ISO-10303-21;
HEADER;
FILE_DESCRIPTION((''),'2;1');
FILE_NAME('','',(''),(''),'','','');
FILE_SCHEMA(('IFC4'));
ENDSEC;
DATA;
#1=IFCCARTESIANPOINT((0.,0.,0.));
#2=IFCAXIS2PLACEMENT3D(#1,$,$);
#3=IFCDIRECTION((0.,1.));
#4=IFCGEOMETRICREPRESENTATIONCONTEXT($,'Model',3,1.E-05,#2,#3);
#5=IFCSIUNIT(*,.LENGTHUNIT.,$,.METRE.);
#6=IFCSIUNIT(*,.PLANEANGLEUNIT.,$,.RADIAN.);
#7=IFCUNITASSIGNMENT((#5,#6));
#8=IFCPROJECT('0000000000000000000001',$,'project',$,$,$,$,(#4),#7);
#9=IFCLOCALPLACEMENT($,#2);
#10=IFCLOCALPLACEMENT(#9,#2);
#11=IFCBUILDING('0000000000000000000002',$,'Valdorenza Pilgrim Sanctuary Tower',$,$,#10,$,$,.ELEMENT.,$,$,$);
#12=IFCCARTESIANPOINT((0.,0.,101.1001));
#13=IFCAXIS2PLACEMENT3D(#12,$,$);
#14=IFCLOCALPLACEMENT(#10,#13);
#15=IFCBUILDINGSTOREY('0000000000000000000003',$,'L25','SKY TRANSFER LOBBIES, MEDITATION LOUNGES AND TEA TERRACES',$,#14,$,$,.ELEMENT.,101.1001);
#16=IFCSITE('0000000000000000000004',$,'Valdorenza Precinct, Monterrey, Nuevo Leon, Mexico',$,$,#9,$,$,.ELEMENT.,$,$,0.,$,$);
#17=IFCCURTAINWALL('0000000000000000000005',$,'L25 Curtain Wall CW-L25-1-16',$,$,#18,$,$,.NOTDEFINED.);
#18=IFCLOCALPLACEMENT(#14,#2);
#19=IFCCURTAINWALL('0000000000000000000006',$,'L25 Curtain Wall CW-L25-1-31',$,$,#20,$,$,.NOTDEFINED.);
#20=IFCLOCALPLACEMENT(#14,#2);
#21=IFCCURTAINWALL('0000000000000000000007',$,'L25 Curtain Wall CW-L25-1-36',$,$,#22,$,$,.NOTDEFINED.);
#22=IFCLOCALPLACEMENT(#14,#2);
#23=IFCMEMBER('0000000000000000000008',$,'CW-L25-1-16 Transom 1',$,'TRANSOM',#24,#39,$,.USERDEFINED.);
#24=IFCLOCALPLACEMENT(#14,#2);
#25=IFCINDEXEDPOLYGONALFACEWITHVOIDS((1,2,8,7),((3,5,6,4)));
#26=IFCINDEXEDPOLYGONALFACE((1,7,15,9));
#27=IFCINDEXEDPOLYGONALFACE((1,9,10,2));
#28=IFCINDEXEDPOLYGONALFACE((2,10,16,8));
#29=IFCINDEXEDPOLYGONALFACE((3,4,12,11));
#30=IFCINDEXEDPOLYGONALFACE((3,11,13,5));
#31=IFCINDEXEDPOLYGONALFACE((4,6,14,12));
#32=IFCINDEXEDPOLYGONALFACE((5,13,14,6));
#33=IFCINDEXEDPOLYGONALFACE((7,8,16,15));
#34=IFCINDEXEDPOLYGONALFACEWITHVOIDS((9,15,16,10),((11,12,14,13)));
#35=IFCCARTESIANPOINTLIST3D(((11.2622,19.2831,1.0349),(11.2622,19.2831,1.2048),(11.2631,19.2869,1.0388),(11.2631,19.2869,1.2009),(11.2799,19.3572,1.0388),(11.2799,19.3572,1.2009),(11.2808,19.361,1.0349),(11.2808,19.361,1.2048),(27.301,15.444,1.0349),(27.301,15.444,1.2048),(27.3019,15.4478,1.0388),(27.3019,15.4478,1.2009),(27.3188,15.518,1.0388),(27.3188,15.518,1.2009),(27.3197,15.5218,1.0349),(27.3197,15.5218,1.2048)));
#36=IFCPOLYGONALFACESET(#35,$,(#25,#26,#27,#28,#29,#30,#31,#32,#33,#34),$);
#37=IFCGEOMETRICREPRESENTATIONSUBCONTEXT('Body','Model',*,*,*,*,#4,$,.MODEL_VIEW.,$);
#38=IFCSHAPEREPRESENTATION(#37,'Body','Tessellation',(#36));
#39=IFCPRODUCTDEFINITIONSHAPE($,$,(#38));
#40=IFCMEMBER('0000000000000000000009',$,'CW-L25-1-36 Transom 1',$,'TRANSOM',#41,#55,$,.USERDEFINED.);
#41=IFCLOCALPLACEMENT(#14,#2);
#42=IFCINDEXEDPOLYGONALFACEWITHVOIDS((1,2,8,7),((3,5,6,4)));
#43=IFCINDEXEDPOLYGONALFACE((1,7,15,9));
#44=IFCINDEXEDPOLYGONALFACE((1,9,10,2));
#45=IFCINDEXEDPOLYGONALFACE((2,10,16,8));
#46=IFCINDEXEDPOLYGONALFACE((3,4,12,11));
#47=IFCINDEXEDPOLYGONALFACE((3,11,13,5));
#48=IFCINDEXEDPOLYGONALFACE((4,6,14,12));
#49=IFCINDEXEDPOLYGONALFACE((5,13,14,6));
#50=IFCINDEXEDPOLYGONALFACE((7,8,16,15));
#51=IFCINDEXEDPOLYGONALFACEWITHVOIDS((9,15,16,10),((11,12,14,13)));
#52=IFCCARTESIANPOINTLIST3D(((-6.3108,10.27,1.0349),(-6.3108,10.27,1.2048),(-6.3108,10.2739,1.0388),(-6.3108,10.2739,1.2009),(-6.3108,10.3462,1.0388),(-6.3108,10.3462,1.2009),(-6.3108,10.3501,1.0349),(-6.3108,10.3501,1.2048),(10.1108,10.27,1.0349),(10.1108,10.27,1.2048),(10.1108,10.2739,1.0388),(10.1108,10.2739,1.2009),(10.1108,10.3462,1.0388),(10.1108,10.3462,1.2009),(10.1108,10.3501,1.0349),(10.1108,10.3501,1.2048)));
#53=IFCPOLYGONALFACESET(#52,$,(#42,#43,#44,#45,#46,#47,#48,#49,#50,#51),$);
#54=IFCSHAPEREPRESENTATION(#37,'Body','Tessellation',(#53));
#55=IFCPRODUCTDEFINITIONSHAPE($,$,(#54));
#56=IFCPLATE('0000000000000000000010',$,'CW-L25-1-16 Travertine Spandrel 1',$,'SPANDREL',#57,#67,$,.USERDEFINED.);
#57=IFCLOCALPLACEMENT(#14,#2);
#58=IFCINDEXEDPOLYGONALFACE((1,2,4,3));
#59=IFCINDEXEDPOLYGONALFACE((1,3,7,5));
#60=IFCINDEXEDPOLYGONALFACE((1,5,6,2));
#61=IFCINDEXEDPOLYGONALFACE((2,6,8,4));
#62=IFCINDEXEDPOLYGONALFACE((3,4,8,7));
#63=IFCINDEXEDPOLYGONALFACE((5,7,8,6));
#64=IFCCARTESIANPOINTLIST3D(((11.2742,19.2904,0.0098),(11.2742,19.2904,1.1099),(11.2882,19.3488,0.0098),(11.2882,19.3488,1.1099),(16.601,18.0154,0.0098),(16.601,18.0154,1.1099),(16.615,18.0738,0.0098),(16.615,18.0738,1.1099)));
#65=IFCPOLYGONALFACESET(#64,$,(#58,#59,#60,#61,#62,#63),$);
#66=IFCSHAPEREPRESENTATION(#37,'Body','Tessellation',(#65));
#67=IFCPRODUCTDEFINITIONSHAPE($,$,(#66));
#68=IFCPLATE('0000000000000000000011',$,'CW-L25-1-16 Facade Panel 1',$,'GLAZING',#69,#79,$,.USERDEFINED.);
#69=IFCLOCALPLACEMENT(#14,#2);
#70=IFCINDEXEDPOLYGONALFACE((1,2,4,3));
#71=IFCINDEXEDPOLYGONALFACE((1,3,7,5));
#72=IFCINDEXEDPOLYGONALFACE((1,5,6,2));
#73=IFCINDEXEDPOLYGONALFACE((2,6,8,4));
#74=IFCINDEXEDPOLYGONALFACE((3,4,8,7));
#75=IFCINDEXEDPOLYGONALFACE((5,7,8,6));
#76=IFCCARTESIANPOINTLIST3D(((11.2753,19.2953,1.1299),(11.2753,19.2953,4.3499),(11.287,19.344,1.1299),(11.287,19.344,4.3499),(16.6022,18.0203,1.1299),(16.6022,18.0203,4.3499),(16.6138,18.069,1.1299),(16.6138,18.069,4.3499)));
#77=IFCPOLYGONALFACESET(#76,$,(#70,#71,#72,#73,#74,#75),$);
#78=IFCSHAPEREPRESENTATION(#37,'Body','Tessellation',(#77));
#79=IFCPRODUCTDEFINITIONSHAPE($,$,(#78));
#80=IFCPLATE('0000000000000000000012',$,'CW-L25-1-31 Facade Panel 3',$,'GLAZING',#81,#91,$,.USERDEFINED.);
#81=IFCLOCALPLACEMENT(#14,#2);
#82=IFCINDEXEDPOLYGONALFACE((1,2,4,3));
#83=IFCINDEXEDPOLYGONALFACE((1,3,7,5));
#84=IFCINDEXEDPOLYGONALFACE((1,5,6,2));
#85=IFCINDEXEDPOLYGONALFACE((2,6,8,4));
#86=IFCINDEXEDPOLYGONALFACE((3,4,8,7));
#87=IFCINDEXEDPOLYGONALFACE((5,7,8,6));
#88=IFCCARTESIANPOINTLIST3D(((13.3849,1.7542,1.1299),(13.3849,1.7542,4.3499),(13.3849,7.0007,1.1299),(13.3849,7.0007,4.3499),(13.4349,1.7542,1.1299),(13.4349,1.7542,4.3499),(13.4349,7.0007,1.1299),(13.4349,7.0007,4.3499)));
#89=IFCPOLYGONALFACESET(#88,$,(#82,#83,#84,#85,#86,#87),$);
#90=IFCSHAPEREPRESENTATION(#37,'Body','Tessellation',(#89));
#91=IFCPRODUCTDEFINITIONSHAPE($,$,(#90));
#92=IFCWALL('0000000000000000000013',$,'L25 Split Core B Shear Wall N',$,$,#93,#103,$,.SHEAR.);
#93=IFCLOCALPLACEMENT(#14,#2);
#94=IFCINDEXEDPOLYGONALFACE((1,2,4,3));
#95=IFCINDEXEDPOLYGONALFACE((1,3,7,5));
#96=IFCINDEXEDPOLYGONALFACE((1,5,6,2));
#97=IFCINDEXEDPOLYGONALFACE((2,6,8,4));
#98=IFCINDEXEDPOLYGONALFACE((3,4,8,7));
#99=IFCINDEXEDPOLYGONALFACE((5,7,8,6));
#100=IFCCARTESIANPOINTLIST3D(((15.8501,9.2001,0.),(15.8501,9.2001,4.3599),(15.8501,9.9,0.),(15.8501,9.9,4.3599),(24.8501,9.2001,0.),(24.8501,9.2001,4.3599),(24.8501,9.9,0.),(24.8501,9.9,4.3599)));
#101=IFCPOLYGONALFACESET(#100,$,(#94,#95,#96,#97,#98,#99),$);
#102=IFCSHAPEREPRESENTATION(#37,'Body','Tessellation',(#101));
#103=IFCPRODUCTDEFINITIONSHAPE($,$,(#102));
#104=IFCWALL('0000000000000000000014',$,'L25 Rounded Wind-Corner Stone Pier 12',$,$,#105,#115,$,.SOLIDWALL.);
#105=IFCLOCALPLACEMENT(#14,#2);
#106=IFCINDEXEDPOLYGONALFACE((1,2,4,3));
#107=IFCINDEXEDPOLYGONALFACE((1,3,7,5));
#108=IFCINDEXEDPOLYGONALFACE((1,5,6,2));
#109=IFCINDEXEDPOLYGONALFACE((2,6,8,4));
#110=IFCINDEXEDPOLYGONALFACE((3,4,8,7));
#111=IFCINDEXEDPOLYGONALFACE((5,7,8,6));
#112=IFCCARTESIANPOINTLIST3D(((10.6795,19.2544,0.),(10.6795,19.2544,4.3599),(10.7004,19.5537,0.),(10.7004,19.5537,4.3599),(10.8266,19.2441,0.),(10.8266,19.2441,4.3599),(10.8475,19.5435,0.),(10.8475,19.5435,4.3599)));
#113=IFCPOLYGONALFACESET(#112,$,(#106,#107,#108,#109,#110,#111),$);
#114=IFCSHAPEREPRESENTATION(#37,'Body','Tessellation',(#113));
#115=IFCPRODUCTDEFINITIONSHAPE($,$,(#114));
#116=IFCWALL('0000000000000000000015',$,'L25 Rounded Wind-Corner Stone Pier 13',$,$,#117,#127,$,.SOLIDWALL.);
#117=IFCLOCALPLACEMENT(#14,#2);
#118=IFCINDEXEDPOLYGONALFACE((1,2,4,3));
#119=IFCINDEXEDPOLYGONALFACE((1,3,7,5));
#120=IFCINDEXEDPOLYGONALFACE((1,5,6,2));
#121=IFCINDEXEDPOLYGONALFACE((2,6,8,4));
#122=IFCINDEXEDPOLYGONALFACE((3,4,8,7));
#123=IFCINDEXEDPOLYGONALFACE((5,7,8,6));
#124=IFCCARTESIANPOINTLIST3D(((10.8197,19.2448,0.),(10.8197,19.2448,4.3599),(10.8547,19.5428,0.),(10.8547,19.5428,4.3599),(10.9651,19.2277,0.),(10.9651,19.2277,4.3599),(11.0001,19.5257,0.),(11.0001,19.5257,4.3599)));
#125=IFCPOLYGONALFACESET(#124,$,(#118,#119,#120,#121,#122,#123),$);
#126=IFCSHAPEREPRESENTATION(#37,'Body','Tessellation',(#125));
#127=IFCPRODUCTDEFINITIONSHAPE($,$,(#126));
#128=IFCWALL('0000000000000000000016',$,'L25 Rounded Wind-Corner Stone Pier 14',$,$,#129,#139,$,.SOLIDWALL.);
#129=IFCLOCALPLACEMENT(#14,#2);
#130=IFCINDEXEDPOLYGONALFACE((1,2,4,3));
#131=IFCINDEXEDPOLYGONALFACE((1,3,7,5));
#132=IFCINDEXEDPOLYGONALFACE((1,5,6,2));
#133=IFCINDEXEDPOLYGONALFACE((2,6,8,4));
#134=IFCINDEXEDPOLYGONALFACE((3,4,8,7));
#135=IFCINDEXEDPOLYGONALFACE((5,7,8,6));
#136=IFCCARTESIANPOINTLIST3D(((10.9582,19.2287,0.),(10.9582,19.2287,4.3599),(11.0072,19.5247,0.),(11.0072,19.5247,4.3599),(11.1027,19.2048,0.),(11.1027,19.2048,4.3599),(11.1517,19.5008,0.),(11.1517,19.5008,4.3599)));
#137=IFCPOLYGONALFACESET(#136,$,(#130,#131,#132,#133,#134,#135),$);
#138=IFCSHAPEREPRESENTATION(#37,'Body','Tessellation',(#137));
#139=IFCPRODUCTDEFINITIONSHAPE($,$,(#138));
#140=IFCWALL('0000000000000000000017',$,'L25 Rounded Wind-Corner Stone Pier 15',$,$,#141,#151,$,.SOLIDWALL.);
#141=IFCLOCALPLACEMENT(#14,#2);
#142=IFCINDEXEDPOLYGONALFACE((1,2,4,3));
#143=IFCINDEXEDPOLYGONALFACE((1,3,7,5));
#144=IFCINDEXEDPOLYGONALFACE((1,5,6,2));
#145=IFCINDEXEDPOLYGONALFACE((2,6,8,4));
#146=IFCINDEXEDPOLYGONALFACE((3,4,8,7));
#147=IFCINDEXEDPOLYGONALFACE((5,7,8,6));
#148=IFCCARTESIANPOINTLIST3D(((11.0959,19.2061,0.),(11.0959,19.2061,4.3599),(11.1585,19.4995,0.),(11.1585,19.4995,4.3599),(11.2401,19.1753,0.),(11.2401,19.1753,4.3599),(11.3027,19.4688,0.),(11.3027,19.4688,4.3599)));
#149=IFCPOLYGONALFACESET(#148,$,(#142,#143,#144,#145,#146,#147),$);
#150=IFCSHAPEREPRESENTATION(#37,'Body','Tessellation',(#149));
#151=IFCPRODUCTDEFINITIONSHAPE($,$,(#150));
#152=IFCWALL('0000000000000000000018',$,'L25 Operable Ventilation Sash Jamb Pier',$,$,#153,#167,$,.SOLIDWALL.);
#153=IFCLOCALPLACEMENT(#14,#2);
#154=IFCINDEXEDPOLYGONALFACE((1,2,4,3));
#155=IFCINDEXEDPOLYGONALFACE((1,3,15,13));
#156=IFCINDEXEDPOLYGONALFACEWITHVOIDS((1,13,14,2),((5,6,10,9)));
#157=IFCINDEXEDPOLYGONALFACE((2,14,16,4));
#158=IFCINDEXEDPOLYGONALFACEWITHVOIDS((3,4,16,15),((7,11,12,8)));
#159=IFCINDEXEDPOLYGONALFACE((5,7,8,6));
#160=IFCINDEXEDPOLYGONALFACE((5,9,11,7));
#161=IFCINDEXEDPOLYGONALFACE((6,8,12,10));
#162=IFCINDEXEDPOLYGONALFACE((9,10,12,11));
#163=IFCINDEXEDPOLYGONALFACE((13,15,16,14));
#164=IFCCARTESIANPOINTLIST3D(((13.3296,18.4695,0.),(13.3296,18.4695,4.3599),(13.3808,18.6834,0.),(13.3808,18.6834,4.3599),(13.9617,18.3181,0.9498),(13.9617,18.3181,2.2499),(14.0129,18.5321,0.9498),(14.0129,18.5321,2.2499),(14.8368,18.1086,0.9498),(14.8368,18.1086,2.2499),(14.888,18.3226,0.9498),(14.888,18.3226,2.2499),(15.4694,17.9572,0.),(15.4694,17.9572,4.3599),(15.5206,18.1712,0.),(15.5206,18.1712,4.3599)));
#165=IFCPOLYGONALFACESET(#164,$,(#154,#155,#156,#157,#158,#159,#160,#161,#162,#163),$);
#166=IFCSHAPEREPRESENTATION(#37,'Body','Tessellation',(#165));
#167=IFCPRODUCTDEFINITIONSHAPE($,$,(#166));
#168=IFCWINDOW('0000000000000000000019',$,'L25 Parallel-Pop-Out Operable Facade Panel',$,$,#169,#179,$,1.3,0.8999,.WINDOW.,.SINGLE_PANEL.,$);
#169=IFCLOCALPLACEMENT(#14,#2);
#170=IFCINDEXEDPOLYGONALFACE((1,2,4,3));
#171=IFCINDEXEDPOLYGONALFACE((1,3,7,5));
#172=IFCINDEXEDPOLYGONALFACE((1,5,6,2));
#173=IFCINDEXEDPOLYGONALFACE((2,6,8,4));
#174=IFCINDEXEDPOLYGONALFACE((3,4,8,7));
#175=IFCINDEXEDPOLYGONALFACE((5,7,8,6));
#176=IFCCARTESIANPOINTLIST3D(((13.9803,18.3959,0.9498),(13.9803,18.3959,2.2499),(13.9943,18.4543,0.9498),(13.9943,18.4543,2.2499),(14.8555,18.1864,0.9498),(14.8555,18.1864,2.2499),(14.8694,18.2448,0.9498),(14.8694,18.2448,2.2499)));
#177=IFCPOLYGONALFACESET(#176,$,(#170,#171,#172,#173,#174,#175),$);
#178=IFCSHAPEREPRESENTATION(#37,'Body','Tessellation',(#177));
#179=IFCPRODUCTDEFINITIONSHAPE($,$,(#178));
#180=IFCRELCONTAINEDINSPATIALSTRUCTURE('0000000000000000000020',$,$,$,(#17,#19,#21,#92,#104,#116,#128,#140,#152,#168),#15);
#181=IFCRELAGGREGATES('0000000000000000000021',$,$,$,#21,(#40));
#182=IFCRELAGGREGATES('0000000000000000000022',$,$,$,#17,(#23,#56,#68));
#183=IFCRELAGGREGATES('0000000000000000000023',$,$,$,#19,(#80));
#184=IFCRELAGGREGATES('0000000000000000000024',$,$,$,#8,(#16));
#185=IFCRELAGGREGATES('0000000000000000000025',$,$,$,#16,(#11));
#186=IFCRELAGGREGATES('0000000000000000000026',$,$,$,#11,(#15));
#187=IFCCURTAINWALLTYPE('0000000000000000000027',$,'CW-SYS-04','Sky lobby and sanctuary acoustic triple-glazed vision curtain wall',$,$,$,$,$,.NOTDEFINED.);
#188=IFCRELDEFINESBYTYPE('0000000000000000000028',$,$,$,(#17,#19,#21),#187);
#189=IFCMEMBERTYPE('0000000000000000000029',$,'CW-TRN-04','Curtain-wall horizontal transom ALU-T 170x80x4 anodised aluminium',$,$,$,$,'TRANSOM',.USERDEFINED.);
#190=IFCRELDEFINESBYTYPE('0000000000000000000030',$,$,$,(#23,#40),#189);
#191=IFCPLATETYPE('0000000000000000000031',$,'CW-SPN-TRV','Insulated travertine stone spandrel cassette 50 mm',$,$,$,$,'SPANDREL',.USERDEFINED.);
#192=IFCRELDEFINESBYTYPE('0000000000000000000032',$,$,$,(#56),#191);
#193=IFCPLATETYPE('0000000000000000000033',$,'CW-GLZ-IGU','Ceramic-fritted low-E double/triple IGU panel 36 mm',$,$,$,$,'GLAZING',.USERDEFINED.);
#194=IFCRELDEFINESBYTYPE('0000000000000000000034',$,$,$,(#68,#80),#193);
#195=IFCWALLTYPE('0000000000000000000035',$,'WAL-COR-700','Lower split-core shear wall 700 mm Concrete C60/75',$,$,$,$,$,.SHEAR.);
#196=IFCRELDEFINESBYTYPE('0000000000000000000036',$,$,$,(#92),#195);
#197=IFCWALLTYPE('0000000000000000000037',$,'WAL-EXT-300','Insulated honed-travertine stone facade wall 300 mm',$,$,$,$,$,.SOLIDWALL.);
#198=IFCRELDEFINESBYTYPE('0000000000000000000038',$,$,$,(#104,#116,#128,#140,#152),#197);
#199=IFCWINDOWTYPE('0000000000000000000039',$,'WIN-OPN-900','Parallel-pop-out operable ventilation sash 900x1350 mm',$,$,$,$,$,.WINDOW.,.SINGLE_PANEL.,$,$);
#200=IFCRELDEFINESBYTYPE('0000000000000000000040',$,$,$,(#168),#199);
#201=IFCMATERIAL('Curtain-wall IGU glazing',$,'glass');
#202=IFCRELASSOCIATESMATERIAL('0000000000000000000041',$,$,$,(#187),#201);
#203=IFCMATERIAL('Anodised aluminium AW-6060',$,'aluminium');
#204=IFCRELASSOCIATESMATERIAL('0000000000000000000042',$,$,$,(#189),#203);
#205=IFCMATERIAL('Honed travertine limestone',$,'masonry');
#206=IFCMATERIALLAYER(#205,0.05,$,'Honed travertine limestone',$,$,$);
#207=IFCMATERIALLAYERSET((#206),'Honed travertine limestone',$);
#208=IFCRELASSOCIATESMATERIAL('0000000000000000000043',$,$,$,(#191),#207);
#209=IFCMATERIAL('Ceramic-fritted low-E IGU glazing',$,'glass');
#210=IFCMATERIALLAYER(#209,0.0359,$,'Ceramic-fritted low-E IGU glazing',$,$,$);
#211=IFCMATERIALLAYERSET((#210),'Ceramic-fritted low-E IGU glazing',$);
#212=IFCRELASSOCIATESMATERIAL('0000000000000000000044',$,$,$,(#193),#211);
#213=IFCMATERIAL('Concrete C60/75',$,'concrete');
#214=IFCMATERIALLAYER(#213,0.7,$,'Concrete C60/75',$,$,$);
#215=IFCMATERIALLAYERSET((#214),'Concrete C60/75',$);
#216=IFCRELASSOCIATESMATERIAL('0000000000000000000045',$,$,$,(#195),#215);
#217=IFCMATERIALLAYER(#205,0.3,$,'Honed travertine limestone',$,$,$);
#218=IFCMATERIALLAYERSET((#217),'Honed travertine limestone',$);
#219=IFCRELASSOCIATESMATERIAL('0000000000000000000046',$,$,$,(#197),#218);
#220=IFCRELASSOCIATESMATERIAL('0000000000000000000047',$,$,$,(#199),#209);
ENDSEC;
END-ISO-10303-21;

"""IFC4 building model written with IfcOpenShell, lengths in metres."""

from ifc_helpers import new_model, si_unit, direction, frame, frame_2d, origin, origin_2d, place, context, subcontext, project, spatial, rectangle, hollow_rectangle, extrude, source, transform, mapped, material, layer, layer_set, material_profile, profile_set, type_object, element, fill, aggregate, save


model = new_model("IFC4")

# Units and contexts
model_context = context("Model", 3, precision=1e-05, world=origin(), true_north=direction((0.0, 1.0)))
body_context = subcontext(model_context, "Body", "Model", "MODEL_VIEW")
ifc_project = project(units=[si_unit("LENGTHUNIT", "METRE"), si_unit("PLANEANGLEUNIT", "RADIAN")], contexts=[model_context])

# Site, building, storey
site_placement = place(None, origin())
site = spatial("IfcSite", under=ifc_project, at=site_placement, Name="Valdorenza Precinct, Monterrey, Nuevo Leon, Mexico", CompositionType="ELEMENT", RefElevation=0.0)
building_placement = place(site_placement, origin())
building = spatial("IfcBuilding", under=site, at=building_placement, Name="Valdorenza Pilgrim Sanctuary Tower", CompositionType="ELEMENT")
storey_placement = place(building_placement, frame((0.0, 0.0, 101.1001)))
storey = spatial("IfcBuildingStorey", under=building, at=storey_placement, Name="L25", Description="SKY TRANSFER LOBBIES, MEDITATION LOUNGES AND TEA TERRACES", CompositionType="ELEMENT", Elevation=101.1001)

# Shared definitions
ifc_material_1 = material(Name="Concrete C60/75", Category="concrete")

# Shared definitions
ifc_material_2 = material(Name="Curtain-wall IGU glazing", Category="glass")
curtain_wall_type = type_object("IfcCurtainWallType", Name="CW-SYS-04", Description="Sky lobby and sanctuary acoustic triple-glazed vision curtain wall", PredefinedType="NOTDEFINED", material=ifc_material_2)
ifc_material_3 = material(Name="Anodised aluminium AW-6060", Category="aluminium")

# Curtain wall
curtain_wall_1_placement = place(storey_placement, origin())
curtain_wall_1 = element("IfcCurtainWall", 1, at=curtain_wall_1_placement, inside=storey, type_object=curtain_wall_type, Name="L25 Curtain Wall CW-L25-1-16", PredefinedType="NOTDEFINED")

# Curtain walls
curtain_wall_2_placement = place(storey_placement, origin())
curtain_wall_2 = element("IfcCurtainWall", 2, at=curtain_wall_2_placement, inside=storey, type_object=curtain_wall_type, Name="L25 Curtain Wall CW-L25-1-31", PredefinedType="NOTDEFINED")
curtain_wall_3_placement = place(storey_placement, origin())
curtain_wall_3 = element("IfcCurtainWall", 3, at=curtain_wall_3_placement, inside=storey, type_object=curtain_wall_type, Name="L25 Curtain Wall CW-L25-1-36", PredefinedType="NOTDEFINED")

# Members
ifc_material_profile_1 = material_profile(ifc_material_3, hollow_rectangle(XDim=0.0801, YDim=0.1699, WallThickness=0.0039, at=origin_2d()), Name="ALU-T 170x80x4")
ifc_profile_set_1 = profile_set([ifc_material_profile_1], Name="Anodised aluminium AW-6060")
member_type_1 = type_object("IfcMemberType", Name="CW-TRN-04", Description="Curtain-wall horizontal transom ALU-T 170x80x4 anodised aluminium", ElementType="TRANSOM", PredefinedType="USERDEFINED", material=ifc_profile_set_1)
shared_shape_1 = source(origin(), body_context, "Body", "SweptSolid", [
    extrude(hollow_rectangle(XDim=0.0801, YDim=0.1699, WallThickness=0.0039, at=origin_2d()), origin(), (0.0, 0.0, 1.0), 16.4919),
])
member_1_placement = place(storey_placement, frame((11.2715, 19.322, 1.1199), z_axis=(0.972528, -0.232788, 0.0), x_axis=(0.232788, 0.972528, 0.0)))
member_1 = element("IfcMember", 4, at=member_1_placement, type_object=member_type_1, Name="CW-L25-1-16 Transom 1", ObjectType="TRANSOM", PredefinedType="USERDEFINED", context=body_context, shape_type="MappedRepresentation", body=[
    mapped(shared_shape_1, transform((0.0, 0.0, 0.0), x_axis=(1.0, 0.0, 0.0), y_axis=(0.0, 1.0, 0.0), z_axis=(0.0, 0.0, 1.0), scale=1.0)),
])
shared_shape_2 = source(origin(), body_context, "Body", "SweptSolid", [
    extrude(hollow_rectangle(XDim=0.0801, YDim=0.1699, WallThickness=0.0039, at=origin_2d()), origin(), (0.0, 0.0, 1.0), 16.4216),
])
member_2_placement = place(storey_placement, frame((10.1108, 10.3101, 1.1199), z_axis=(-1.0, 0.0, 0.0), x_axis=(0.0, -1.0, 0.0)))
member_2 = element("IfcMember", 5, at=member_2_placement, type_object=member_type_1, Name="CW-L25-1-36 Transom 1", ObjectType="TRANSOM", PredefinedType="USERDEFINED", context=body_context, shape_type="MappedRepresentation", body=[
    mapped(shared_shape_2, transform((0.0, 0.0, 0.0), x_axis=(1.0, 0.0, 0.0), y_axis=(0.0, 1.0, 0.0), z_axis=(0.0, 0.0, 1.0), scale=1.0)),
])
aggregate(curtain_wall_3, [member_2])

# Plates
ifc_material_4 = material(Name="Honed travertine limestone", Category="masonry")
ifc_layer_1 = layer(ifc_material_4, 0.05, Name="Honed travertine limestone")
ifc_layer_set_1 = layer_set([ifc_layer_1], Name="Honed travertine limestone")
plate_type_1 = type_object("IfcPlateType", Name="CW-SPN-TRV", Description="Insulated travertine stone spandrel cassette 50 mm", ElementType="SPANDREL", PredefinedType="USERDEFINED", material=ifc_layer_set_1)
shared_shape_3 = source(origin(), body_context, "Body", "SweptSolid", [
    extrude(rectangle(XDim=5.4773, YDim=0.0601, at=origin_2d()), origin(), (0.0, 0.0, 1.0), 1.1001),
])
plate_1_placement = place(storey_placement, frame((13.9446, 18.6821, 0.0098), z_axis=(0.0, 0.0, 1.0), x_axis=(0.972529, -0.232783, 0.0)))
plate_1 = element("IfcPlate", 6, at=plate_1_placement, type_object=plate_type_1, Name="CW-L25-1-16 Travertine Spandrel 1", ObjectType="SPANDREL", PredefinedType="USERDEFINED", context=body_context, shape_type="MappedRepresentation", body=[
    mapped(shared_shape_3, transform((0.0, 0.0, 0.0), x_axis=(1.0, 0.0, 0.0), y_axis=(0.0, 1.0, 0.0), z_axis=(0.0, 0.0, 1.0), scale=1.0)),
])
ifc_material_5 = material(Name="Ceramic-fritted low-E IGU glazing", Category="glass")
ifc_layer_2 = layer(ifc_material_5, 0.0359, Name="Ceramic-fritted low-E IGU glazing")
ifc_layer_set_2 = layer_set([ifc_layer_2], Name="Ceramic-fritted low-E IGU glazing")
plate_type_2 = type_object("IfcPlateType", Name="CW-GLZ-IGU", Description="Ceramic-fritted low-E double/triple IGU panel 36 mm", ElementType="GLAZING", PredefinedType="USERDEFINED", material=ifc_layer_set_2)
shared_shape_4 = source(origin(), body_context, "Body", "SweptSolid", [
    extrude(rectangle(XDim=5.4773, YDim=0.05, at=origin_2d()), origin(), (0.0, 0.0, 1.0), 3.22),
])
plate_2_placement = place(storey_placement, frame((13.9446, 18.6821, 1.1299), z_axis=(0.0, 0.0, 1.0), x_axis=(0.972529, -0.232783, 0.0)))
plate_2 = element("IfcPlate", 7, at=plate_2_placement, type_object=plate_type_2, Name="CW-L25-1-16 Facade Panel 1", ObjectType="GLAZING", PredefinedType="USERDEFINED", context=body_context, shape_type="MappedRepresentation", body=[
    mapped(shared_shape_4, transform((0.0, 0.0, 0.0), x_axis=(1.0, 0.0, 0.0), y_axis=(0.0, 1.0, 0.0), z_axis=(0.0, 0.0, 1.0), scale=1.0)),
])
aggregate(curtain_wall_1, [member_1, plate_1, plate_2])
shared_shape_5 = source(origin(), body_context, "Body", "SweptSolid", [
    extrude(rectangle(XDim=5.2466, YDim=0.05, at=origin_2d()), origin(), (0.0, 0.0, 1.0), 3.22),
])
plate_3_placement = place(storey_placement, frame((13.4099, 4.3774, 1.1299), z_axis=(0.0, 0.0, 1.0), x_axis=(0.0, 1.0, 0.0)))
plate_3 = element("IfcPlate", 8, at=plate_3_placement, type_object=plate_type_2, Name="CW-L25-1-31 Facade Panel 3", ObjectType="GLAZING", PredefinedType="USERDEFINED", context=body_context, shape_type="MappedRepresentation", body=[
    mapped(shared_shape_5, transform((0.0, 0.0, 0.0), x_axis=(1.0, 0.0, 0.0), y_axis=(0.0, 1.0, 0.0), z_axis=(0.0, 0.0, 1.0), scale=1.0)),
])
aggregate(curtain_wall_2, [plate_3])

# Walls
ifc_layer_3 = layer(ifc_material_1, 0.7, Name="Concrete C60/75")
ifc_layer_set_3 = layer_set([ifc_layer_3], Name="Concrete C60/75")
wall_type_1 = type_object("IfcWallType", Name="WAL-COR-700", Description="Lower split-core shear wall 700 mm Concrete C60/75", PredefinedType="SHEAR", material=ifc_layer_set_3)
wall_1_placement = place(storey_placement, frame((15.8501, 9.55, 0.0), z_axis=(0.0, 0.0, 1.0), x_axis=(1.0, 0.0, 0.0)))
element("IfcWall", 9, at=wall_1_placement, inside=storey, type_object=wall_type_1, Name="L25 Split Core B Shear Wall N", PredefinedType="SHEAR", context=body_context, shape_type="SweptSolid", body=[
    extrude(rectangle(XDim=9.0, YDim=0.7, at=frame_2d((4.5, 0.0))), origin(), (0.0, 0.0, 1.0), 4.3599),
])
ifc_layer_4 = layer(ifc_material_4, 0.3, Name="Honed travertine limestone")
ifc_layer_set_4 = layer_set([ifc_layer_4], Name="Honed travertine limestone")
wall_type_2 = type_object("IfcWallType", Name="WAL-EXT-300", Description="Insulated honed-travertine stone facade wall 300 mm", PredefinedType="SOLIDWALL", material=ifc_layer_set_4)
wall_2_placement = place(storey_placement, frame((10.6899, 19.4041, 0.0), z_axis=(0.0, 0.0, 1.0), x_axis=(0.997583, -0.069483, 0.0)))
element("IfcWall", 10, at=wall_2_placement, inside=storey, type_object=wall_type_2, Name="L25 Rounded Wind-Corner Stone Pier 12", PredefinedType="SOLIDWALL", context=body_context, shape_type="SweptSolid", body=[
    extrude(rectangle(XDim=0.1475, YDim=0.3, at=frame_2d((0.0737, 0.0))), origin(), (0.0, 0.0, 1.0), 4.3599),
])
for number, where, z_axis, x_axis, name in (
    (11, (10.8372, 19.3938, 0.0), (0.0, 0.0, 1.0), (0.993173, -0.116648, 0.0), "L25 Rounded Wind-Corner Stone Pier 13"),
    (12, (10.9827, 19.3767, 0.0), (0.0, 0.0, 1.0), (0.986573, -0.163318, 0.0), "L25 Rounded Wind-Corner Stone Pier 14"),
):
    element("IfcWall", number, at=place(storey_placement, frame(where, z_axis=z_axis, x_axis=x_axis)), inside=storey, type_object=wall_type_2, Name=name, PredefinedType="SOLIDWALL", context=body_context, shape_type="SweptSolid", body=[
        extrude(rectangle(XDim=0.1465, YDim=0.3, at=frame_2d((0.0732, 0.0))), origin(), (0.0, 0.0, 1.0), 4.3599),
    ])
wall_3_placement = place(storey_placement, frame((11.1272, 19.3528, 0.0), z_axis=(0.0, 0.0, 1.0), x_axis=(0.97802, -0.208512, 0.0)))
element("IfcWall", 13, at=wall_3_placement, inside=storey, type_object=wall_type_2, Name="L25 Rounded Wind-Corner Stone Pier 15", PredefinedType="SOLIDWALL", context=body_context, shape_type="SweptSolid", body=[
    extrude(rectangle(XDim=0.1475, YDim=0.3, at=frame_2d((0.0737, 0.0))), origin(), (0.0, 0.0, 1.0), 4.3599),
])

# Wall, opening, window
wall_4_placement = place(storey_placement, frame((13.3552, 18.5764, 0.0), z_axis=(0.0, 0.0, 1.0), x_axis=(0.972522, -0.232811, 0.0)))
wall_4 = element("IfcWall", 14, at=wall_4_placement, inside=storey, type_object=wall_type_2, Name="L25 Operable Ventilation Sash Jamb Pier", PredefinedType="SOLIDWALL", context=body_context, shape_type="SweptSolid", body=[
    extrude(rectangle(XDim=2.2002, YDim=0.22, at=frame_2d((1.1001, 0.0))), origin(), (0.0, 0.0, 1.0), 4.3599),
])
opening_placement = place(wall_4_placement, frame((0.6499, 0.0, 0.95)))
opening = element("IfcOpeningElement", 15, at=opening_placement, cuts=wall_4, PredefinedType="OPENING", context=body_context, shape_type="SweptSolid", body=[
    extrude(rectangle(XDim=0.8999, YDim=1.3, at=frame_2d((0.45, 0.6499))), frame((0.0, 0.125, 0.0), z_axis=(0.0, -1.0, 0.0), x_axis=(1.0, 0.0, 0.0)), (0.0, 0.0, 1.0), 0.2498),
])
window_type = type_object("IfcWindowType", Name="WIN-OPN-900", Description="Parallel-pop-out operable ventilation sash 900x1350 mm", PartitioningType="SINGLE_PANEL", PredefinedType="WINDOW", material=ifc_material_5)
window_placement = place(opening_placement, origin())
window = element("IfcWindow", 16, at=window_placement, inside=storey, type_object=window_type, Name="L25 Parallel-Pop-Out Operable Facade Panel", OverallHeight=1.3, OverallWidth=0.8999, PartitioningType="SINGLE_PANEL", PredefinedType="WINDOW", context=body_context, shape_type="SweptSolid", body=[
    extrude(rectangle(XDim=0.8999, YDim=1.3, at=frame_2d((0.45, 0.6499))), frame((0.0, 0.03, 0.0), z_axis=(0.0, -1.0, 0.0), x_axis=(1.0, 0.0, 0.0)), (0.0, 0.0, 1.0), 0.0601),
])
fill(opening, window)

save(model, "model.ifc")
